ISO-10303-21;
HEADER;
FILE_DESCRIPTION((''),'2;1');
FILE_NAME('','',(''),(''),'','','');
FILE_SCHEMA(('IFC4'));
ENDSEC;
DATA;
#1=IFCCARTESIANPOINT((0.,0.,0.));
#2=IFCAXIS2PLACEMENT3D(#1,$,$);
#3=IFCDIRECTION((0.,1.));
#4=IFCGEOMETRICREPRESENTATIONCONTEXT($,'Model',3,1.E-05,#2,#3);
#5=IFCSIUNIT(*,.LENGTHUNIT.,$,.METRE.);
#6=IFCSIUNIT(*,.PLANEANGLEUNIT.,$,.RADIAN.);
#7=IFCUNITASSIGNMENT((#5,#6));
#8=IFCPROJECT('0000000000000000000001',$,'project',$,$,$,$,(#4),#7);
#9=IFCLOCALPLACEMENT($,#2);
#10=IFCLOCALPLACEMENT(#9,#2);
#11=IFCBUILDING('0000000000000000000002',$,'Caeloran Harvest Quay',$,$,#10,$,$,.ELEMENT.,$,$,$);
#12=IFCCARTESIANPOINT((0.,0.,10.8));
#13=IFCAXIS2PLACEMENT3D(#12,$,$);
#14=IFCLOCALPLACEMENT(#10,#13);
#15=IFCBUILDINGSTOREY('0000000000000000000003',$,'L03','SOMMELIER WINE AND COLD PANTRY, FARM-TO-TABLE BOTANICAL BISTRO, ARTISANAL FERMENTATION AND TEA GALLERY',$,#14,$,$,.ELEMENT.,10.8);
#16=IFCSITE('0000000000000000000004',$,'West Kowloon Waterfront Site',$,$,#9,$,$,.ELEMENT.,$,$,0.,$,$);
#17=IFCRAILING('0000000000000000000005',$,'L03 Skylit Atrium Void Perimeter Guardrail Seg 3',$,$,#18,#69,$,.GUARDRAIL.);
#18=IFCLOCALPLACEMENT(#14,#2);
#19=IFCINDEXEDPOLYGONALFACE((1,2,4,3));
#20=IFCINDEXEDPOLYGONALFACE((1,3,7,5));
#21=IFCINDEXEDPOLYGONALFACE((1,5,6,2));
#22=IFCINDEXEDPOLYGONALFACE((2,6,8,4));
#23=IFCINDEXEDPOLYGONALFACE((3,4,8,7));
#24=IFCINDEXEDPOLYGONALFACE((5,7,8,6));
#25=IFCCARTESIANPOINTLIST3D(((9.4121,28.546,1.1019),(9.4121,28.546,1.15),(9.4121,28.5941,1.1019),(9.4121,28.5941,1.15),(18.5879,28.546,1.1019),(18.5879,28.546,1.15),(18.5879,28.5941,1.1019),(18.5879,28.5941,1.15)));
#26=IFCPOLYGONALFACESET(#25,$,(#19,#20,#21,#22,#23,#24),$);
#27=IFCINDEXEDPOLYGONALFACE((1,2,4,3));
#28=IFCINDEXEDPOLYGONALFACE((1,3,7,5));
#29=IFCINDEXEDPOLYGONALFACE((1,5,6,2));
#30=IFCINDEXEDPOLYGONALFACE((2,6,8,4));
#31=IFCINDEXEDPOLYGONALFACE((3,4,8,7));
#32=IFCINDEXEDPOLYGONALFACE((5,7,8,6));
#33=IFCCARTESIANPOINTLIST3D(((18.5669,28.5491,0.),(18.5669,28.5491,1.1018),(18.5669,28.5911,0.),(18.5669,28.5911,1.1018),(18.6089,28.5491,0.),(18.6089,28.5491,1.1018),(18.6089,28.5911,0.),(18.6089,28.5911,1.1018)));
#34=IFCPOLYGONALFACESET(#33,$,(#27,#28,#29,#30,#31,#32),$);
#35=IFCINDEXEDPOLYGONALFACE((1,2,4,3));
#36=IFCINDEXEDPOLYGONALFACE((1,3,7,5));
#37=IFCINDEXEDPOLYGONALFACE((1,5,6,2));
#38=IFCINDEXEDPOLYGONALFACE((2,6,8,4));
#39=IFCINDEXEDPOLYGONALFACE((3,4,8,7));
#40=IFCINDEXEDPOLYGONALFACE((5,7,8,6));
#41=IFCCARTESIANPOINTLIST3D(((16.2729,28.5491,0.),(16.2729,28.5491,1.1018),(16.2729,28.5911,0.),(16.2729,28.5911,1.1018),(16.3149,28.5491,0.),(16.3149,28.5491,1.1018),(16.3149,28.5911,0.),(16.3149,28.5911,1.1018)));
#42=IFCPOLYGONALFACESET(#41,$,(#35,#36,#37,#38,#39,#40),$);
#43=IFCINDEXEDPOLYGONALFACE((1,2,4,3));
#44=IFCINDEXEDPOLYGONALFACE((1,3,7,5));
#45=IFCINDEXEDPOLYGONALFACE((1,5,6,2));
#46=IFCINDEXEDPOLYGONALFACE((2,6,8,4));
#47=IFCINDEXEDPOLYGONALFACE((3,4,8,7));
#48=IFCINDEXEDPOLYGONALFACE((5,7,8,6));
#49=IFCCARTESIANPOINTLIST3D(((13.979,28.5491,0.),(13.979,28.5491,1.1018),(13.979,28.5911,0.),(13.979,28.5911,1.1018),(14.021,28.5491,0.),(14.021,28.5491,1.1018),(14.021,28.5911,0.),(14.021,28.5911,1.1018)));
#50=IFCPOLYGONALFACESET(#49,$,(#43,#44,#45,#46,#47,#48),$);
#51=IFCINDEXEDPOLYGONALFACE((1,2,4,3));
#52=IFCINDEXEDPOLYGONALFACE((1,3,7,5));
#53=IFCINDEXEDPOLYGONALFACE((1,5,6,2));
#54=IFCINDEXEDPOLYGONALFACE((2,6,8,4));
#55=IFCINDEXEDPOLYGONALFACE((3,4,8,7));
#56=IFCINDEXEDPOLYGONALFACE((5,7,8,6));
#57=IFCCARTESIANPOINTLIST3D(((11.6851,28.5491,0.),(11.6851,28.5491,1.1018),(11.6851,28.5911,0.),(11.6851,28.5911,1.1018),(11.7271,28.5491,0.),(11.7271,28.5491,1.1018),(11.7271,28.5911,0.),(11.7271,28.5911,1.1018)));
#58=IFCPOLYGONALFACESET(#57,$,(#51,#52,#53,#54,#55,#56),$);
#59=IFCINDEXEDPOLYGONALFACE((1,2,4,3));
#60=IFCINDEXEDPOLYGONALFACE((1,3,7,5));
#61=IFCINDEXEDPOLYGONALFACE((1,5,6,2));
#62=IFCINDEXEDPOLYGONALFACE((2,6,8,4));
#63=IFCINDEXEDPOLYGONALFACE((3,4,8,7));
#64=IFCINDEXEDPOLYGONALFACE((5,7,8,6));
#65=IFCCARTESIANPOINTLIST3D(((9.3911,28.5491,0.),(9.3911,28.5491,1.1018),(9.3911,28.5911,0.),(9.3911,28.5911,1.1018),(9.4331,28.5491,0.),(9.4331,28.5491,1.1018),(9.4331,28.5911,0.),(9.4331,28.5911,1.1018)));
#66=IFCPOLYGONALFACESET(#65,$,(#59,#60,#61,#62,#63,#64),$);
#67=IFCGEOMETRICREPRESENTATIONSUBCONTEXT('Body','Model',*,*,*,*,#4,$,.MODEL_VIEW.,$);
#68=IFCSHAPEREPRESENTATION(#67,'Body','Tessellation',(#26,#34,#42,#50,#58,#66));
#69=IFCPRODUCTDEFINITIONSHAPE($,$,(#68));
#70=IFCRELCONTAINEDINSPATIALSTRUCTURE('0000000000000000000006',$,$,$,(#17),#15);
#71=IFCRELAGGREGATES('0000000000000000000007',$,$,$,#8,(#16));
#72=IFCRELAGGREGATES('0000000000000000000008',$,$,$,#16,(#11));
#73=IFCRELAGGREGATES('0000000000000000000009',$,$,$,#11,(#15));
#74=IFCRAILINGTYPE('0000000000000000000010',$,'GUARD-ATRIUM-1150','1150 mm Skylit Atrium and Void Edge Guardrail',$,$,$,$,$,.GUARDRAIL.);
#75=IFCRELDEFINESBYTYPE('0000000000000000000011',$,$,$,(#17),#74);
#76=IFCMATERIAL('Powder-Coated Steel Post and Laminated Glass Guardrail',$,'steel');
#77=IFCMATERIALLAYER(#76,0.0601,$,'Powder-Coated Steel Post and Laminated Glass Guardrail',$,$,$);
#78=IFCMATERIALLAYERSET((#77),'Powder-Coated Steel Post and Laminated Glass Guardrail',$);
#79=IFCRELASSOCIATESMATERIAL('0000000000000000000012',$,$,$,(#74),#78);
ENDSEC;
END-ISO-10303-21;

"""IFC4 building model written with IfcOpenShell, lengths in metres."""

from ifc_helpers import new_model, si_unit, direction, frame, origin, origin_2d, place, context, subcontext, project, spatial, rectangle, extrude, material, layer, layer_set, type_object, element, save


model = new_model("IFC4")

# Units and contexts
model_context = context("Model", 3, precision=1e-05, world=origin(), true_north=direction((0.0, 1.0)))
body_context = subcontext(model_context, "Body", "Model", "MODEL_VIEW")
ifc_project = project(units=[si_unit("LENGTHUNIT", "METRE"), si_unit("PLANEANGLEUNIT", "RADIAN")], contexts=[model_context])

# Site, building, storey
site_placement = place(None, origin())
site = spatial("IfcSite", under=ifc_project, at=site_placement, Name="West Kowloon Waterfront Site", CompositionType="ELEMENT", RefElevation=0.0)
building_placement = place(site_placement, origin())
building = spatial("IfcBuilding", under=site, at=building_placement, Name="Caeloran Harvest Quay", CompositionType="ELEMENT")
storey_placement = place(building_placement, frame((0.0, 0.0, 10.8)))
storey = spatial("IfcBuildingStorey", under=building, at=storey_placement, Name="L03", Description="SOMMELIER WINE AND COLD PANTRY, FARM-TO-TABLE BOTANICAL BISTRO, ARTISANAL FERMENTATION AND TEA GALLERY", CompositionType="ELEMENT", Elevation=10.8)

# Railing
ifc_material_1 = material(Name="Powder-Coated Steel Post and Laminated Glass Guardrail", Category="steel")
ifc_layer_1 = layer(ifc_material_1, 0.0601, Name="Powder-Coated Steel Post and Laminated Glass Guardrail")
ifc_layer_set_1 = layer_set([ifc_layer_1], Name="Powder-Coated Steel Post and Laminated Glass Guardrail")
railing_type = type_object("IfcRailingType", Name="GUARD-ATRIUM-1150", Description="1150 mm Skylit Atrium and Void Edge Guardrail", PredefinedType="GUARDRAIL", material=ifc_layer_set_1)
railing_1_placement = place(storey_placement, frame((18.5879, 28.5701, 0.0)))
element("IfcRailing", 1, at=railing_1_placement, inside=storey, type_object=railing_type, Name="L03 Skylit Atrium Void Perimeter Guardrail Seg 3", PredefinedType="GUARDRAIL", context=body_context, shape_type="SweptSolid", body=[
    extrude(rectangle(XDim=0.0481, YDim=0.0481, at=origin_2d()), frame((0.0, 0.0, 1.126), z_axis=(-1.0, 0.0, 0.0), x_axis=(0.0, -1.0, 0.0)), (0.0, 0.0, 1.0), 9.1758),
    extrude(rectangle(XDim=0.042, YDim=0.042, at=origin_2d()), origin(), (0.0, 0.0, 1.0), 1.1018),
    extrude(rectangle(XDim=0.042, YDim=0.042, at=origin_2d()), frame((-2.2939, 0.0, 0.0)), (0.0, 0.0, 1.0), 1.1018),
    extrude(rectangle(XDim=0.042, YDim=0.042, at=origin_2d()), frame((-4.5879, 0.0, 0.0)), (0.0, 0.0, 1.0), 1.1018),
    extrude(rectangle(XDim=0.042, YDim=0.042, at=origin_2d()), frame((-6.8818, 0.0, 0.0)), (0.0, 0.0, 1.0), 1.1018),
    extrude(rectangle(XDim=0.042, YDim=0.042, at=origin_2d()), frame((-9.1758, 0.0, 0.0)), (0.0, 0.0, 1.0), 1.1018),
])

save(model, "model.ifc")
